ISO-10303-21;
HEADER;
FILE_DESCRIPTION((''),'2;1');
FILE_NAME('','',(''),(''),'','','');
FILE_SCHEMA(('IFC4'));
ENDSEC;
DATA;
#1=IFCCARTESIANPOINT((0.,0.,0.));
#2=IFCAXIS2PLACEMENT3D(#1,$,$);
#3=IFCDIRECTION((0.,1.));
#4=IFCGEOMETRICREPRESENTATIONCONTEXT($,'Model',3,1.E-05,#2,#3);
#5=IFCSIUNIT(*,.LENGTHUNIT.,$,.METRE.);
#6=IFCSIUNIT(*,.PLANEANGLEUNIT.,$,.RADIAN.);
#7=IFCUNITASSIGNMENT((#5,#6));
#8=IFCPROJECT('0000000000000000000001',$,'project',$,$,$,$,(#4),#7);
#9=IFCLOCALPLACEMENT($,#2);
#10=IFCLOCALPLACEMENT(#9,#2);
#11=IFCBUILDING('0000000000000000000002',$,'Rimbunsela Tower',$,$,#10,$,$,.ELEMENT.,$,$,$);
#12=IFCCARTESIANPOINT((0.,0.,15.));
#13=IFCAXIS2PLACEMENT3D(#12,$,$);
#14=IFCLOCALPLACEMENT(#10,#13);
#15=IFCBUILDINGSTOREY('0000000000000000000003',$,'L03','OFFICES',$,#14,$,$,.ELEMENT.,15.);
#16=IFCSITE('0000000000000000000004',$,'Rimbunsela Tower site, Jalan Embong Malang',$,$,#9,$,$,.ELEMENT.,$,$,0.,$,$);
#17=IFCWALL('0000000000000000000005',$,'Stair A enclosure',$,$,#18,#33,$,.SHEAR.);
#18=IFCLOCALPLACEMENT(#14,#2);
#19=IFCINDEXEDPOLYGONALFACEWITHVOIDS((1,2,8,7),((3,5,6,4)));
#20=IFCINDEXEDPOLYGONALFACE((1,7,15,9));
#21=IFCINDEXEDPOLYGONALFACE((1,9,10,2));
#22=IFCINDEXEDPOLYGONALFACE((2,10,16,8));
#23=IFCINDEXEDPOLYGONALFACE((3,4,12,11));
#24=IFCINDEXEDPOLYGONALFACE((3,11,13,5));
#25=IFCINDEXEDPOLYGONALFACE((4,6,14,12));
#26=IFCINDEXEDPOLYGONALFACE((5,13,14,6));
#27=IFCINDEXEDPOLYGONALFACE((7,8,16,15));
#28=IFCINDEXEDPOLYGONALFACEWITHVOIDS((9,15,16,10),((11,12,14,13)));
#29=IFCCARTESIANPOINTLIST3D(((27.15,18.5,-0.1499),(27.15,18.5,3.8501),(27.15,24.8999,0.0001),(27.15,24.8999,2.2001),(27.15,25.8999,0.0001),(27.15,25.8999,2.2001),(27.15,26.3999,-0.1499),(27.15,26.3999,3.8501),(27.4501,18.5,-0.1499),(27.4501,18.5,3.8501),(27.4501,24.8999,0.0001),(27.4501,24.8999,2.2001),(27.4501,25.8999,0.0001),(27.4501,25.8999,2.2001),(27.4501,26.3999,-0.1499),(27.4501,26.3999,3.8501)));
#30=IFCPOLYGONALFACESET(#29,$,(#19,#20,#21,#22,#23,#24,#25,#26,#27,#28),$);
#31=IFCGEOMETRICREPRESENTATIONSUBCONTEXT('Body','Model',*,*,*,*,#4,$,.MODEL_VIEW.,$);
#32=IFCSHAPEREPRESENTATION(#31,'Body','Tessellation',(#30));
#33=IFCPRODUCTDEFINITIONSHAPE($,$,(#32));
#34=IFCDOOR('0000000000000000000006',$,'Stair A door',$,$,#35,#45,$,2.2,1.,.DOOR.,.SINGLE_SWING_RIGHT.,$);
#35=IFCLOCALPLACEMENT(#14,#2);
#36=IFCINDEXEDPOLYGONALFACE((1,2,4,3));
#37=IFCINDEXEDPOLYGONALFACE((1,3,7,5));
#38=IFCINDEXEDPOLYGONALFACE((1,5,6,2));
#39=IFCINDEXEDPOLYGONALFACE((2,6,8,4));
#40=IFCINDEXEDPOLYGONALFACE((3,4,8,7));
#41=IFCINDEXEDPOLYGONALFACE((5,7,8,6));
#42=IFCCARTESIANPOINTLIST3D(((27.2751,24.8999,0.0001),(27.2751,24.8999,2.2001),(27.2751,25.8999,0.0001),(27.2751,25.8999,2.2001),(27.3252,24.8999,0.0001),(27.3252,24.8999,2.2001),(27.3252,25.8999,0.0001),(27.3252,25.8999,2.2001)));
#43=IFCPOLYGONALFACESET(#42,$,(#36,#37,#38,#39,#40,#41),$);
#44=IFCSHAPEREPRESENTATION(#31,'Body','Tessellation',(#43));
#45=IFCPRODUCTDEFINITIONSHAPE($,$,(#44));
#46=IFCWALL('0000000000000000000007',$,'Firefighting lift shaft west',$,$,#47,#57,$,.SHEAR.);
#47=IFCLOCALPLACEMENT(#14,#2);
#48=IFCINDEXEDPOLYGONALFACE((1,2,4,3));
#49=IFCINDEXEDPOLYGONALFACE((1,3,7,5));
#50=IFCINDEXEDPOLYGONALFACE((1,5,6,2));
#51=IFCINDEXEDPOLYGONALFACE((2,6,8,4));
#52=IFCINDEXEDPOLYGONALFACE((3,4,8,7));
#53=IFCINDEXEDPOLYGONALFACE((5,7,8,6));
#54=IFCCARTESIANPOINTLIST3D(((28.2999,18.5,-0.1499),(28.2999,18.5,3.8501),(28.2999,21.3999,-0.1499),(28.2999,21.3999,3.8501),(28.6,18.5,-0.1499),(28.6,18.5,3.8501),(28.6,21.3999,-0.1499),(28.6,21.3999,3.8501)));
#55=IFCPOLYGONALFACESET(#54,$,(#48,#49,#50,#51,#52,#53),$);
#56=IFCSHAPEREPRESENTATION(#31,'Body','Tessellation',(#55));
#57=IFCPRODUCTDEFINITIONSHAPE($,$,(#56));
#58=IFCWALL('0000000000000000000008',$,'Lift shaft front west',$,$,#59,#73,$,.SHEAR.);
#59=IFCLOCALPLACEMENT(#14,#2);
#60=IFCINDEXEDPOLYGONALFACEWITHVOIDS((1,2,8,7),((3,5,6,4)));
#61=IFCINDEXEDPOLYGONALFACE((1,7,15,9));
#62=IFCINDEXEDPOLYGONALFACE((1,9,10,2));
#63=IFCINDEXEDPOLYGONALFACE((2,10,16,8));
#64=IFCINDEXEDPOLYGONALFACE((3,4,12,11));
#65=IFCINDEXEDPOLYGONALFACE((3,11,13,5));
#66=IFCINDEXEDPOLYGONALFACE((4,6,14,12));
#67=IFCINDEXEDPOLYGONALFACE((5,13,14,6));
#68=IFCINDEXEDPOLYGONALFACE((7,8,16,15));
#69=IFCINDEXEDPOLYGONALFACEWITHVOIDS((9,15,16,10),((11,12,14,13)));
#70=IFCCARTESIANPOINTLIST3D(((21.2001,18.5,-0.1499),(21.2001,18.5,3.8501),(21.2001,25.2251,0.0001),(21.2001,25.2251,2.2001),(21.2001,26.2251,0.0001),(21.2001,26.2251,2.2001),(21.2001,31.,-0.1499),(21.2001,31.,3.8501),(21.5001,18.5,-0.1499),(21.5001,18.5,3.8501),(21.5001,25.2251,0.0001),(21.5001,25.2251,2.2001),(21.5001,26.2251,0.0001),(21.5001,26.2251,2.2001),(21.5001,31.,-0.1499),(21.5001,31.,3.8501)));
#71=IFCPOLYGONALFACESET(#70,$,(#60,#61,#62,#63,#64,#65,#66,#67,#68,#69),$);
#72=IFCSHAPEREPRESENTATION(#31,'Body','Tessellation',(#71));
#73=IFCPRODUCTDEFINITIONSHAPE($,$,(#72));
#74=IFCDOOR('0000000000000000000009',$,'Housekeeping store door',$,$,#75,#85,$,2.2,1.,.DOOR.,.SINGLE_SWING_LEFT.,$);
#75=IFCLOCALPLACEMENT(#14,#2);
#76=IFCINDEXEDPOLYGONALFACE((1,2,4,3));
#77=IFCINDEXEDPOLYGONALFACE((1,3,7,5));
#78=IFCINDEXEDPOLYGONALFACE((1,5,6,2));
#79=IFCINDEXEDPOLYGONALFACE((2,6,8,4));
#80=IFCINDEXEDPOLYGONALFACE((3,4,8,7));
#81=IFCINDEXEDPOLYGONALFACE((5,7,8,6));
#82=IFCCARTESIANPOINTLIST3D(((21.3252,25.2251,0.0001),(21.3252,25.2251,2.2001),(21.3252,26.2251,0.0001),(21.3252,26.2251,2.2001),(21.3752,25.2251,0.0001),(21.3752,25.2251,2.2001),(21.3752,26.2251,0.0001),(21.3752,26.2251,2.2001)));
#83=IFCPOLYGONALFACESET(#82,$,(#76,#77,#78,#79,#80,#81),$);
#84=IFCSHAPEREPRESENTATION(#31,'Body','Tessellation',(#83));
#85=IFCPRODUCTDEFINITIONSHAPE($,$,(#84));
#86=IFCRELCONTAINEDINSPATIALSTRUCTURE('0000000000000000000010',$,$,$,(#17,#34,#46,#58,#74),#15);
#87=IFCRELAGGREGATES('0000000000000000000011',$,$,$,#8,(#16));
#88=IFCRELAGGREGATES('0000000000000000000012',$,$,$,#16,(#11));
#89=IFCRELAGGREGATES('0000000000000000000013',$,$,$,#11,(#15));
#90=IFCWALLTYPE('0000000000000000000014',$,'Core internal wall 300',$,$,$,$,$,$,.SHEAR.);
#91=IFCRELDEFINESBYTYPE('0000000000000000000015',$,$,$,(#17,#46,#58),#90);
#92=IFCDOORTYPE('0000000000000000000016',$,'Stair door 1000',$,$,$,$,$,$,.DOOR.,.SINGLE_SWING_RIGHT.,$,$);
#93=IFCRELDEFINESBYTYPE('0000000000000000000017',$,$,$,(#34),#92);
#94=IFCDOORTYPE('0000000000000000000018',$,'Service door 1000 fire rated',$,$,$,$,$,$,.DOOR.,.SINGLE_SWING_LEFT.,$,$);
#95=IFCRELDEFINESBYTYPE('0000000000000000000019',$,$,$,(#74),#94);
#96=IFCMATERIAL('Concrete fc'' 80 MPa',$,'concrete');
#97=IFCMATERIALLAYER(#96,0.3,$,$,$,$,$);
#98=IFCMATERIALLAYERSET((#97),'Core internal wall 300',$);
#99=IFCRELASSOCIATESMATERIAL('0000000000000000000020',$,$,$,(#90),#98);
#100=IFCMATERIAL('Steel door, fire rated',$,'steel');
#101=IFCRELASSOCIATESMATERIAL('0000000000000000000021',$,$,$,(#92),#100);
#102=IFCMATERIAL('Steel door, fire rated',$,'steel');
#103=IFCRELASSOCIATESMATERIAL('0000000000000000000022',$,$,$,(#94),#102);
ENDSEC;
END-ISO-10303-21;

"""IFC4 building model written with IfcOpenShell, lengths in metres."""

from ifc_helpers import new_model, si_unit, direction, frame, frame_2d, origin, place, context, subcontext, project, spatial, rectangle, extrude, material, layer, layer_set, type_object, element, fill, save


model = new_model("IFC4")

# Units and contexts
model_context = context("Model", 3, precision=1e-05, world=origin(), true_north=direction((0.0, 1.0)))
body_context = subcontext(model_context, "Body", "Model", "MODEL_VIEW")
ifc_project = project(units=[si_unit("LENGTHUNIT", "METRE"), si_unit("PLANEANGLEUNIT", "RADIAN")], contexts=[model_context])

# Site, building, storey
site_placement = place(None, origin())
site = spatial("IfcSite", under=ifc_project, at=site_placement, Name="Rimbunsela Tower site, Jalan Embong Malang", CompositionType="ELEMENT", RefElevation=0.0)
building_placement = place(site_placement, origin())
building = spatial("IfcBuilding", under=site, at=building_placement, Name="Rimbunsela Tower", CompositionType="ELEMENT")
storey_placement = place(building_placement, frame((0.0, 0.0, 15.0)))
storey = spatial("IfcBuildingStorey", under=building, at=storey_placement, Name="L03", Description="OFFICES", CompositionType="ELEMENT", Elevation=15.0)

# Wall, opening, door
ifc_material_1 = material(Name="Concrete fc' 80 MPa", Category="concrete")
ifc_layer_1 = layer(ifc_material_1, 0.3)
ifc_layer_set_1 = layer_set([ifc_layer_1], Name="Core internal wall 300")
wall_type_1 = type_object("IfcWallType", Name="Core internal wall 300", PredefinedType="SHEAR", material=ifc_layer_set_1)
wall_1_placement = place(storey_placement, frame((27.3, 18.5, -0.1499), z_axis=(0.0, 0.0, 1.0), x_axis=(0.0, 1.0, 0.0)))
wall_1 = element("IfcWall", 1, at=wall_1_placement, inside=storey, type_object=wall_type_1, Name="Stair A enclosure", PredefinedType="SHEAR", context=body_context, shape_type="SweptSolid", body=[
    extrude(rectangle(XDim=7.8999, YDim=0.3, at=frame_2d((3.95, 0.0))), origin(), (0.0, 0.0, 1.0), 4.0),
])
opening_1_placement = place(wall_1_placement, frame((6.3999, 0.0, 0.1499)))
opening_1 = element("IfcOpeningElement", 2, at=opening_1_placement, cuts=wall_1, PredefinedType="OPENING", context=body_context, shape_type="SweptSolid", body=[
    extrude(rectangle(XDim=1.0, YDim=2.2, at=frame_2d((0.5, 1.1001))), frame((0.0, 0.1599, 0.0), z_axis=(0.0, -1.0, 0.0), x_axis=(1.0, 0.0, 0.0)), (0.0, 0.0, 1.0), 0.3201),
])
ifc_material_2 = material(Name="Steel door, fire rated", Category="steel")
door_type_1 = type_object("IfcDoorType", Name="Stair door 1000", OperationType="SINGLE_SWING_RIGHT", PredefinedType="DOOR", material=ifc_material_2)
door_1_placement = place(opening_1_placement, origin())
door_1 = element("IfcDoor", 3, at=door_1_placement, inside=storey, type_object=door_type_1, Name="Stair A door", OperationType="SINGLE_SWING_RIGHT", OverallHeight=2.2, OverallWidth=1.0, PredefinedType="DOOR", context=body_context, shape_type="SweptSolid", body=[
    extrude(rectangle(XDim=1.0, YDim=2.2, at=frame_2d((0.5, 1.1001))), frame((0.0, 0.0249, 0.0), z_axis=(0.0, -1.0, 0.0), x_axis=(1.0, 0.0, 0.0)), (0.0, 0.0, 1.0), 0.05),
])
fill(opening_1, door_1)

# Wall
wall_2_placement = place(storey_placement, frame((28.45, 18.5, -0.1499), z_axis=(0.0, 0.0, 1.0), x_axis=(0.0, 1.0, 0.0)))
element("IfcWall", 4, at=wall_2_placement, inside=storey, type_object=wall_type_1, Name="Firefighting lift shaft west", PredefinedType="SHEAR", context=body_context, shape_type="SweptSolid", body=[
    extrude(rectangle(XDim=2.8999, YDim=0.3, at=frame_2d((1.45, 0.0))), origin(), (0.0, 0.0, 1.0), 4.0),
])

# Wall, opening, door
wall_3_placement = place(storey_placement, frame((21.3501, 18.5, -0.1499), z_axis=(0.0, 0.0, 1.0), x_axis=(0.0, 1.0, 0.0)))
wall_3 = element("IfcWall", 5, at=wall_3_placement, inside=storey, type_object=wall_type_1, Name="Lift shaft front west", PredefinedType="SHEAR", context=body_context, shape_type="SweptSolid", body=[
    extrude(rectangle(XDim=12.5, YDim=0.3, at=frame_2d((6.25, 0.0))), origin(), (0.0, 0.0, 1.0), 4.0),
])
opening_2_placement = place(wall_3_placement, frame((6.7251, 0.0, 0.1499)))
opening_2 = element("IfcOpeningElement", 6, at=opening_2_placement, cuts=wall_3, PredefinedType="OPENING", context=body_context, shape_type="SweptSolid", body=[
    extrude(rectangle(XDim=1.0, YDim=2.2, at=frame_2d((0.5, 1.1001))), frame((0.0, 0.1599, 0.0), z_axis=(0.0, -1.0, 0.0), x_axis=(1.0, 0.0, 0.0)), (0.0, 0.0, 1.0), 0.3201),
])
ifc_material_3 = material(Name="Steel door, fire rated", Category="steel")
door_type_2 = type_object("IfcDoorType", Name="Service door 1000 fire rated", OperationType="SINGLE_SWING_LEFT", PredefinedType="DOOR", material=ifc_material_3)
door_2_placement = place(opening_2_placement, origin())
door_2 = element("IfcDoor", 7, at=door_2_placement, inside=storey, type_object=door_type_2, Name="Housekeeping store door", OperationType="SINGLE_SWING_LEFT", OverallHeight=2.2, OverallWidth=1.0, PredefinedType="DOOR", context=body_context, shape_type="SweptSolid", body=[
    extrude(rectangle(XDim=1.0, YDim=2.2, at=frame_2d((0.5, 1.1001))), frame((0.0, 0.0249, 0.0), z_axis=(0.0, -1.0, 0.0), x_axis=(1.0, 0.0, 0.0)), (0.0, 0.0, 1.0), 0.05),
])
fill(opening_2, door_2)

save(model, "model.ifc")
